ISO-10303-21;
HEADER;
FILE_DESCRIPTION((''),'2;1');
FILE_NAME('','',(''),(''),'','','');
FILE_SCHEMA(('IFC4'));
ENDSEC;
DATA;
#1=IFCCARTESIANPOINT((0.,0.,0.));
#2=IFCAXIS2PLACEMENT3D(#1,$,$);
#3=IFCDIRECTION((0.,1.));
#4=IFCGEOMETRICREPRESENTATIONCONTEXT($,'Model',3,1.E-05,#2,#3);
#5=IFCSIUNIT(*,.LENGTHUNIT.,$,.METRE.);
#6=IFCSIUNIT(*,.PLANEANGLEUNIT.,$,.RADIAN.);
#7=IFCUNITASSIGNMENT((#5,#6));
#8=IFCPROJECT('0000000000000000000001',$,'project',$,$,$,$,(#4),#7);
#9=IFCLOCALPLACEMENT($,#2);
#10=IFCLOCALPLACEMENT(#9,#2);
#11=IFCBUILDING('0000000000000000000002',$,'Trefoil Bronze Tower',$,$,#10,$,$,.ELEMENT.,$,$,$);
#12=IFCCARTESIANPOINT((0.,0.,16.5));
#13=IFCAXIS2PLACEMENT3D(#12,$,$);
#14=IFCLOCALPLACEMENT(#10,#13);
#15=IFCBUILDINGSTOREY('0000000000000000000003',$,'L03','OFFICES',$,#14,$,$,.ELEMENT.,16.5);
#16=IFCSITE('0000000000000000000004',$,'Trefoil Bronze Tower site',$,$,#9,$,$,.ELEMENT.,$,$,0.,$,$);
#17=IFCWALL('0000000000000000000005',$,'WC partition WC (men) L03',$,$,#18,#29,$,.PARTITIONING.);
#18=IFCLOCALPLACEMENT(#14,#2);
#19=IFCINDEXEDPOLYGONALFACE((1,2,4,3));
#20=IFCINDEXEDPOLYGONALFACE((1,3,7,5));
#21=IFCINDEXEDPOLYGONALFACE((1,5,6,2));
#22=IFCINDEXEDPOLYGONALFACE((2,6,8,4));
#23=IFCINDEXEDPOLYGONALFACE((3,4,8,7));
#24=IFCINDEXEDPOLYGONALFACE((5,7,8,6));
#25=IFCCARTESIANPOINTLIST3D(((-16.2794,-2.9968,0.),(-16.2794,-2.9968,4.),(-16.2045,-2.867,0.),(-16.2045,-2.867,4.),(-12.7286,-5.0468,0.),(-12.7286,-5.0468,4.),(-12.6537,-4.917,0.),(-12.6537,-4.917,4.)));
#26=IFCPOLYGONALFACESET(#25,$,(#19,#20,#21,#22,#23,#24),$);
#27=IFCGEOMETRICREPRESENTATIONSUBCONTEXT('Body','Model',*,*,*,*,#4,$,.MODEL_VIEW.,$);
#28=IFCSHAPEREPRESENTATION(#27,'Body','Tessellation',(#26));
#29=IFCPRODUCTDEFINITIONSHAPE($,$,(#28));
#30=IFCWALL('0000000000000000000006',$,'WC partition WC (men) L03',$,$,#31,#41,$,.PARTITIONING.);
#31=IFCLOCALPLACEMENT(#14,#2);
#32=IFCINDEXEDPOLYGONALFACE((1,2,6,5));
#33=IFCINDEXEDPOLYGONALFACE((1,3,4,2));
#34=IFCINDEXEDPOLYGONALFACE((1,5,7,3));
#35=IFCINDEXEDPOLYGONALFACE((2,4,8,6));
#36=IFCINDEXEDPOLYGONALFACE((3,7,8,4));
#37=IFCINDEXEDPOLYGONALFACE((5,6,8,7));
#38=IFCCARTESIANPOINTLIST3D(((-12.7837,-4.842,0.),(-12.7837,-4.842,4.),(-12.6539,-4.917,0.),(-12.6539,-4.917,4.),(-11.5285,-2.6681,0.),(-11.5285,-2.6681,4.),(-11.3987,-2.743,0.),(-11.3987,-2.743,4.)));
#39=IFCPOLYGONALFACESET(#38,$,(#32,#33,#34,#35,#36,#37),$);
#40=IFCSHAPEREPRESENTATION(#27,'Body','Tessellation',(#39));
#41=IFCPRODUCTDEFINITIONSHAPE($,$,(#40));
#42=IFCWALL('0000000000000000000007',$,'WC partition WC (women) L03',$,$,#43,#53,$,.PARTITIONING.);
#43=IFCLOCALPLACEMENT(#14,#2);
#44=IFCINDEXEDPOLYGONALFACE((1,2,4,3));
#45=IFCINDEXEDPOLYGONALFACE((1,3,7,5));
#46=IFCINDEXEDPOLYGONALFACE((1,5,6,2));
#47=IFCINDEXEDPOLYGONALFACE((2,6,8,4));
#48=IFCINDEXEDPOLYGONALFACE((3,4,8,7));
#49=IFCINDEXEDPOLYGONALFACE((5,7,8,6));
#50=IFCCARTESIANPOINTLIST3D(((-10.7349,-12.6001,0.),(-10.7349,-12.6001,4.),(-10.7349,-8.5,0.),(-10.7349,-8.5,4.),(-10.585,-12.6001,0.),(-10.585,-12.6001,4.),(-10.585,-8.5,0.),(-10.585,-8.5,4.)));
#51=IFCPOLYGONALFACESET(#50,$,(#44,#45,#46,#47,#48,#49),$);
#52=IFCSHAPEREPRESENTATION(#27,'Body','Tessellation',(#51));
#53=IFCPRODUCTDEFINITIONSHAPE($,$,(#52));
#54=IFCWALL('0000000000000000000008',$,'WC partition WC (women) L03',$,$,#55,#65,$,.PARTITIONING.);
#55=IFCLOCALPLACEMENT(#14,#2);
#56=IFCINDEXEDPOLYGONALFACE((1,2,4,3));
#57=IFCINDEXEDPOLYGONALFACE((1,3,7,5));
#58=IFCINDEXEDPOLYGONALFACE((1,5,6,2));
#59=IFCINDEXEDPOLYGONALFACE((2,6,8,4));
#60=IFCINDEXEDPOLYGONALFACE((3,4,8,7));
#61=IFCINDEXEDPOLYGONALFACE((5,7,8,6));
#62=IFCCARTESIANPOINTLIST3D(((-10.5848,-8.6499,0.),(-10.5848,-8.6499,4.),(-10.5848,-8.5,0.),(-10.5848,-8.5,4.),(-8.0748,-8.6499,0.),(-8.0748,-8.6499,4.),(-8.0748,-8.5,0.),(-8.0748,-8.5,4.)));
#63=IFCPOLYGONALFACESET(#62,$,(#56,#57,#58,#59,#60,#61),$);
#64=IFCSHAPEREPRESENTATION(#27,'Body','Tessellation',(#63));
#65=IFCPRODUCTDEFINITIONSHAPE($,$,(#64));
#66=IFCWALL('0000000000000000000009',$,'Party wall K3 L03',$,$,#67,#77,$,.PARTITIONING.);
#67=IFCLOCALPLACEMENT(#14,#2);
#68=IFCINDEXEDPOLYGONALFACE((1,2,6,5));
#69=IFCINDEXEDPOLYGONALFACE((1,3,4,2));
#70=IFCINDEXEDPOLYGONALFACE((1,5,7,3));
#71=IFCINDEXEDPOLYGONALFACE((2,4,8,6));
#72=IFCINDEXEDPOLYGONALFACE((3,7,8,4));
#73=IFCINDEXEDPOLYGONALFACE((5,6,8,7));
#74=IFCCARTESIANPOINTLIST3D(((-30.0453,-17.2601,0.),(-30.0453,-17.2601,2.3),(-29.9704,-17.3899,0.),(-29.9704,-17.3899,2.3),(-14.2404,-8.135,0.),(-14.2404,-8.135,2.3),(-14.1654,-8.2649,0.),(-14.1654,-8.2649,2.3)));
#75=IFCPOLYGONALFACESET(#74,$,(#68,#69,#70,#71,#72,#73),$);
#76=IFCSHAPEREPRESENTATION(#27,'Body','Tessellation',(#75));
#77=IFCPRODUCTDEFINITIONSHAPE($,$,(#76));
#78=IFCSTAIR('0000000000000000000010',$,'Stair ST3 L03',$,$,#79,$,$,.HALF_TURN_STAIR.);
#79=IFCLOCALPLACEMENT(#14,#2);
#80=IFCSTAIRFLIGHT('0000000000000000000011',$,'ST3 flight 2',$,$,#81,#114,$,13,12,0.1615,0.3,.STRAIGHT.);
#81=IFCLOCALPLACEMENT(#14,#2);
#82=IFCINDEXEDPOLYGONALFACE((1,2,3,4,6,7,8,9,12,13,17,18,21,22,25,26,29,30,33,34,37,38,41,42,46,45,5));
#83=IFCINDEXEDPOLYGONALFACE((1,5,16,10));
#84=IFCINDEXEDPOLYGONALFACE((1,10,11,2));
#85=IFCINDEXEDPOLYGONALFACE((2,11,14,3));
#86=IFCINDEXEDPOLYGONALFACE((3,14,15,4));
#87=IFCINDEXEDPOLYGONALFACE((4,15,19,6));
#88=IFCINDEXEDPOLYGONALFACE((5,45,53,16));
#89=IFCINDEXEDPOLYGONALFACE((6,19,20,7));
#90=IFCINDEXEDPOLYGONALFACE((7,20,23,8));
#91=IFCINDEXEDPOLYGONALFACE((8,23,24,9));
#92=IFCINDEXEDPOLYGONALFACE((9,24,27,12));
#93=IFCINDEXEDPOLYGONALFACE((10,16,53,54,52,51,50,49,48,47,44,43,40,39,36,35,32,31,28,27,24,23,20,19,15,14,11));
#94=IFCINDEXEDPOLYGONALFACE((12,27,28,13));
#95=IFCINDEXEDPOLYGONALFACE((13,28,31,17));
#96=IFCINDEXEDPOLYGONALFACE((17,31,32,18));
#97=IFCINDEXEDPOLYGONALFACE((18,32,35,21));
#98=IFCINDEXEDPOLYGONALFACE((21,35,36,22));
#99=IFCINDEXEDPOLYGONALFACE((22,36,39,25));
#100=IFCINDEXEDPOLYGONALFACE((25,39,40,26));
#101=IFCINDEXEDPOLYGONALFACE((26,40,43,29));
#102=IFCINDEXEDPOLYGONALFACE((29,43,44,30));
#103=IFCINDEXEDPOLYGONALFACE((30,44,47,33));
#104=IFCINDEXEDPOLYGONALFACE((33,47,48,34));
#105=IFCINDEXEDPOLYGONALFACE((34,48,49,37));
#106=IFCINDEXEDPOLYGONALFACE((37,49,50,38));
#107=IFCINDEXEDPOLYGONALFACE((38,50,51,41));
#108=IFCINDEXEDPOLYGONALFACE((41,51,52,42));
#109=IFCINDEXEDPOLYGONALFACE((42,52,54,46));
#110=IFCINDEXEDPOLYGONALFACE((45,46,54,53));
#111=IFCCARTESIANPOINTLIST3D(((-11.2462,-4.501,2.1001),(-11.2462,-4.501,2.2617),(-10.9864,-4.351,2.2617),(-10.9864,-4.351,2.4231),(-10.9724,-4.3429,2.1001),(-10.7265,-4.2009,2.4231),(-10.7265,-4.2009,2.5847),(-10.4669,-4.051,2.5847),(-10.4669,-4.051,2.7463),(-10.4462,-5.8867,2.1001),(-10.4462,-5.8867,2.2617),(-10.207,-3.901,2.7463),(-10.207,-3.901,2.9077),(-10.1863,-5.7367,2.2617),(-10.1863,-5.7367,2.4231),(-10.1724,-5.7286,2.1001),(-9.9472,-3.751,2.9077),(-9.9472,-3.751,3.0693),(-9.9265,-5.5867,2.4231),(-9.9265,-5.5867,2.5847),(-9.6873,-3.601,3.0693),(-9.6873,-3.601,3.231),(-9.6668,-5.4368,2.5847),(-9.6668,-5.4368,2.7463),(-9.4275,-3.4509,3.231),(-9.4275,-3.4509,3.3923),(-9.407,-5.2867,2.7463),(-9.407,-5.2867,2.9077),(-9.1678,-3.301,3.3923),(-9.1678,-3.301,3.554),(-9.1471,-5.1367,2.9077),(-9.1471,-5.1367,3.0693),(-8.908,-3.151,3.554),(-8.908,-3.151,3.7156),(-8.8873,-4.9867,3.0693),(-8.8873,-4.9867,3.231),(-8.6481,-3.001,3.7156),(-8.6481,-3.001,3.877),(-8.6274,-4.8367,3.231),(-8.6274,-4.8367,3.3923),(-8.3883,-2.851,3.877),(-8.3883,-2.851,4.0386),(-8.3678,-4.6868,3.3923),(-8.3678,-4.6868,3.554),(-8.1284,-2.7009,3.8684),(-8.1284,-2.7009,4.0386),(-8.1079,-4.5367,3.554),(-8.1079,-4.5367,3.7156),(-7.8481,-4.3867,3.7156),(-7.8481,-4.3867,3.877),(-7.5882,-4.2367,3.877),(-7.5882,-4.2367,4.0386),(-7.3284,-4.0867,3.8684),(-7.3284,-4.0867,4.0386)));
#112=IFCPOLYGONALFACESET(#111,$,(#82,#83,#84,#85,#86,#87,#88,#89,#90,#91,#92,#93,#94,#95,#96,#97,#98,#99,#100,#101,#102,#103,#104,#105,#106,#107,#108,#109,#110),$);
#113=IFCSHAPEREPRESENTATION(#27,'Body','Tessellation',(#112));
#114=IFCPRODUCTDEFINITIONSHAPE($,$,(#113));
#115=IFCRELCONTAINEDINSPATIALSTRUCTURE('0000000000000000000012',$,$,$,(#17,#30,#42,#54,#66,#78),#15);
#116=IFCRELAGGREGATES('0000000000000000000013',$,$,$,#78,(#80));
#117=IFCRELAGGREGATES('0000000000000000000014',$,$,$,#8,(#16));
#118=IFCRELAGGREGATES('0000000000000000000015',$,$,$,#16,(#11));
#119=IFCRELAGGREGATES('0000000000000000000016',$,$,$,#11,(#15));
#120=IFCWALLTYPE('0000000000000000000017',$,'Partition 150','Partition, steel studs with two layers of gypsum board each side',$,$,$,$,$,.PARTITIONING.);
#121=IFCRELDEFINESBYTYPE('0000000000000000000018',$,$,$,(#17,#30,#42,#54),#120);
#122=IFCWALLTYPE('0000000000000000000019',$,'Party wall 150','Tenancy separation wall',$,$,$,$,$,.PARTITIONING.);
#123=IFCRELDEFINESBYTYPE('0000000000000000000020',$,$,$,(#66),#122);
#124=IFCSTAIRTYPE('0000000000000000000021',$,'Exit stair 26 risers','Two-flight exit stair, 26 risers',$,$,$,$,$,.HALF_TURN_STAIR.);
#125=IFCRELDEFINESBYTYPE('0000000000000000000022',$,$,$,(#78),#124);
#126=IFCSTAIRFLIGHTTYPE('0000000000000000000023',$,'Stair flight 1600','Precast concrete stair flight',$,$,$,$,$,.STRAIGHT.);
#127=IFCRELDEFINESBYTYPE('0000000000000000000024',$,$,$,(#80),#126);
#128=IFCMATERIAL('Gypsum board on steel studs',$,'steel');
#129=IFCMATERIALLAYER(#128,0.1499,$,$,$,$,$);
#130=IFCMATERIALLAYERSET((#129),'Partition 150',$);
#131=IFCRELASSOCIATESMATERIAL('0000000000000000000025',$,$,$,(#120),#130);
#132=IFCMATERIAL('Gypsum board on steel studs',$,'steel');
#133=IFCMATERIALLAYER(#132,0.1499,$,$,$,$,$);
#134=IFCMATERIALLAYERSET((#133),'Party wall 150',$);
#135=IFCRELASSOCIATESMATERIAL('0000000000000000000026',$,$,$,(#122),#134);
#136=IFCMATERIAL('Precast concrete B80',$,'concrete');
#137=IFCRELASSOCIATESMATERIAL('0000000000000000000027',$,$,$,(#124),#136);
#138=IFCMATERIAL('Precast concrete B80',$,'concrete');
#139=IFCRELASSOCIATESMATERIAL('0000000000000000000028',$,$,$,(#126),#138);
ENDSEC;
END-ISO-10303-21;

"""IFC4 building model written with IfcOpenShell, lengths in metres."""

from ifc_helpers import new_model, si_unit, direction, frame, frame_2d, origin, place, context, subcontext, project, spatial, polyline, rectangle, outline, extrude, material, layer, layer_set, type_object, element, aggregate, save


model = new_model("IFC4")

# Units and contexts
model_context = context("Model", 3, precision=1e-05, world=origin(), true_north=direction((0.0, 1.0)))
body_context = subcontext(model_context, "Body", "Model", "MODEL_VIEW")
ifc_project = project(units=[si_unit("LENGTHUNIT", "METRE"), si_unit("PLANEANGLEUNIT", "RADIAN")], contexts=[model_context])

# Site, building, storey
site_placement = place(None, origin())
site = spatial("IfcSite", under=ifc_project, at=site_placement, Name="Trefoil Bronze Tower site", CompositionType="ELEMENT", RefElevation=0.0)
building_placement = place(site_placement, origin())
building = spatial("IfcBuilding", under=site, at=building_placement, Name="Trefoil Bronze Tower", CompositionType="ELEMENT")
storey_placement = place(building_placement, frame((0.0, 0.0, 16.5)))
storey = spatial("IfcBuildingStorey", under=building, at=storey_placement, Name="L03", Description="OFFICES", CompositionType="ELEMENT", Elevation=16.5)

# Shared definitions
ifc_material_1 = material(Name="Gypsum board on steel studs", Category="steel")
ifc_layer_1 = layer(ifc_material_1, 0.1499)
ifc_layer_set_1 = layer_set([ifc_layer_1], Name="Partition 150")
wall_type_1 = type_object("IfcWallType", Name="Partition 150", Description="Partition, steel studs with two layers of gypsum board each side", PredefinedType="PARTITIONING", material=ifc_layer_set_1)

# Walls
wall_1_placement = place(storey_placement, frame((-12.6912, -4.9819, 0.0), z_axis=(0.0, 0.0, 1.0), x_axis=(-0.866025, 0.500001, 0.0)))
element("IfcWall", 1, at=wall_1_placement, inside=storey, type_object=wall_type_1, Name="WC partition WC (men) L03", PredefinedType="PARTITIONING", context=body_context, shape_type="SweptSolid", body=[
    extrude(rectangle(XDim=4.1001, YDim=0.1499, at=frame_2d((2.05, 0.0))), origin(), (0.0, 0.0, 1.0), 4.0),
])
wall_2_placement = place(storey_placement, frame((-11.4636, -2.7056, 0.0), z_axis=(0.0, 0.0, 1.0), x_axis=(-0.50002, -0.866014, 0.0)))
element("IfcWall", 2, at=wall_2_placement, inside=storey, type_object=wall_type_1, Name="WC partition WC (men) L03", PredefinedType="PARTITIONING", context=body_context, shape_type="SweptSolid", body=[
    extrude(rectangle(XDim=2.5103, YDim=0.1499, at=frame_2d((1.2551, 0.0))), origin(), (0.0, 0.0, 1.0), 4.0),
])
wall_3_placement = place(storey_placement, frame((-10.6599, -8.5, 0.0), z_axis=(0.0, 0.0, 1.0), x_axis=(0.0, -1.0, 0.0)))
element("IfcWall", 3, at=wall_3_placement, inside=storey, type_object=wall_type_1, Name="WC partition WC (women) L03", PredefinedType="PARTITIONING", context=body_context, shape_type="SweptSolid", body=[
    extrude(rectangle(XDim=4.1001, YDim=0.1499, at=frame_2d((2.05, 0.0))), origin(), (0.0, 0.0, 1.0), 4.0),
])
wall_4_placement = place(storey_placement, frame((-8.075, -8.575, 0.0), z_axis=(0.0, 0.0, 1.0), x_axis=(-1.0, 0.0, 0.0)))
element("IfcWall", 4, at=wall_4_placement, inside=storey, type_object=wall_type_1, Name="WC partition WC (women) L03", PredefinedType="PARTITIONING", context=body_context, shape_type="SweptSolid", body=[
    extrude(rectangle(XDim=2.51, YDim=0.1499, at=frame_2d((1.2549, 0.0))), origin(), (0.0, 0.0, 1.0), 4.0),
])
ifc_material_2 = material(Name="Gypsum board on steel studs", Category="steel")
ifc_layer_2 = layer(ifc_material_2, 0.1499)
ifc_layer_set_2 = layer_set([ifc_layer_2], Name="Party wall 150")
wall_type_2 = type_object("IfcWallType", Name="Party wall 150", Description="Tenancy separation wall", PredefinedType="PARTITIONING", material=ifc_layer_set_2)
wall_5_placement = place(storey_placement, frame((-14.2029, -8.2, 0.0), z_axis=(0.0, 0.0, 1.0), x_axis=(-0.866025, -0.500001, 0.0)))
element("IfcWall", 5, at=wall_5_placement, inside=storey, type_object=wall_type_2, Name="Party wall K3 L03", PredefinedType="PARTITIONING", context=body_context, shape_type="SweptSolid", body=[
    extrude(rectangle(XDim=18.25, YDim=0.1499, at=frame_2d((9.125, 0.0))), origin(), (0.0, 0.0, 1.0), 2.3),
])

# Stair, stair flight
ifc_material_3 = material(Name="Precast concrete B80", Category="concrete")
stair_type = type_object("IfcStairType", Name="Exit stair 26 risers", Description="Two-flight exit stair, 26 risers", PredefinedType="HALF_TURN_STAIR", material=ifc_material_3)
stair_placement = place(storey_placement, origin())
stair = element("IfcStair", 6, at=stair_placement, inside=storey, type_object=stair_type, Name="Stair ST3 L03", PredefinedType="HALF_TURN_STAIR")
ifc_material_4 = material(Name="Precast concrete B80", Category="concrete")
stair_flight_type = type_object("IfcStairFlightType", Name="Stair flight 1600", Description="Precast concrete stair flight", PredefinedType="STRAIGHT", material=ifc_material_4)
stair_flight_placement = place(storey_placement, frame((-10.8462, -5.1938, 2.1001), z_axis=(0.0, 0.0, 1.0), x_axis=(0.866025, 0.5, 0.0)))
stair_flight = element("IfcStairFlight", 7, at=stair_flight_placement, type_object=stair_flight_type, Name="ST3 flight 2", NumberOfRisers=13, NumberOfTreads=12, PredefinedType="STRAIGHT", RiserHeight=0.1615, TreadLength=0.3, context=body_context, shape_type="SweptSolid", body=[
    extrude(outline(polyline([(0.0, 0.0), (0.0, 0.1616), (0.3, 0.1616), (0.3, 0.323), (0.6001, 0.323), (0.6001, 0.4846), (0.8999, 0.4846), (0.8999, 0.6462), (1.2, 0.6462), (1.2, 0.8076), (1.5, 0.8076), (1.5, 0.9692), (1.8, 0.9692), (1.8, 1.1309), (2.1001, 1.1309), (2.1001, 1.2922), (2.3999, 1.2922), (2.3999, 1.4539), (2.7, 1.4539), (2.7, 1.6155), (3.0, 1.6155), (3.0, 1.7769), (3.3, 1.7769), (3.3, 1.9385), (3.6001, 1.9385), (3.6001, 2.1001), (3.6001, 1.7683), (0.3162, 0.0), (0.0, 0.0)])), frame((0.0, 0.8, 0.0), z_axis=(0.0, -1.0, 0.0), x_axis=(1.0, 0.0, 0.0)), (0.0, 0.0, 1.0), 1.6001),
])
aggregate(stair, [stair_flight])

save(model, "model.ifc")
